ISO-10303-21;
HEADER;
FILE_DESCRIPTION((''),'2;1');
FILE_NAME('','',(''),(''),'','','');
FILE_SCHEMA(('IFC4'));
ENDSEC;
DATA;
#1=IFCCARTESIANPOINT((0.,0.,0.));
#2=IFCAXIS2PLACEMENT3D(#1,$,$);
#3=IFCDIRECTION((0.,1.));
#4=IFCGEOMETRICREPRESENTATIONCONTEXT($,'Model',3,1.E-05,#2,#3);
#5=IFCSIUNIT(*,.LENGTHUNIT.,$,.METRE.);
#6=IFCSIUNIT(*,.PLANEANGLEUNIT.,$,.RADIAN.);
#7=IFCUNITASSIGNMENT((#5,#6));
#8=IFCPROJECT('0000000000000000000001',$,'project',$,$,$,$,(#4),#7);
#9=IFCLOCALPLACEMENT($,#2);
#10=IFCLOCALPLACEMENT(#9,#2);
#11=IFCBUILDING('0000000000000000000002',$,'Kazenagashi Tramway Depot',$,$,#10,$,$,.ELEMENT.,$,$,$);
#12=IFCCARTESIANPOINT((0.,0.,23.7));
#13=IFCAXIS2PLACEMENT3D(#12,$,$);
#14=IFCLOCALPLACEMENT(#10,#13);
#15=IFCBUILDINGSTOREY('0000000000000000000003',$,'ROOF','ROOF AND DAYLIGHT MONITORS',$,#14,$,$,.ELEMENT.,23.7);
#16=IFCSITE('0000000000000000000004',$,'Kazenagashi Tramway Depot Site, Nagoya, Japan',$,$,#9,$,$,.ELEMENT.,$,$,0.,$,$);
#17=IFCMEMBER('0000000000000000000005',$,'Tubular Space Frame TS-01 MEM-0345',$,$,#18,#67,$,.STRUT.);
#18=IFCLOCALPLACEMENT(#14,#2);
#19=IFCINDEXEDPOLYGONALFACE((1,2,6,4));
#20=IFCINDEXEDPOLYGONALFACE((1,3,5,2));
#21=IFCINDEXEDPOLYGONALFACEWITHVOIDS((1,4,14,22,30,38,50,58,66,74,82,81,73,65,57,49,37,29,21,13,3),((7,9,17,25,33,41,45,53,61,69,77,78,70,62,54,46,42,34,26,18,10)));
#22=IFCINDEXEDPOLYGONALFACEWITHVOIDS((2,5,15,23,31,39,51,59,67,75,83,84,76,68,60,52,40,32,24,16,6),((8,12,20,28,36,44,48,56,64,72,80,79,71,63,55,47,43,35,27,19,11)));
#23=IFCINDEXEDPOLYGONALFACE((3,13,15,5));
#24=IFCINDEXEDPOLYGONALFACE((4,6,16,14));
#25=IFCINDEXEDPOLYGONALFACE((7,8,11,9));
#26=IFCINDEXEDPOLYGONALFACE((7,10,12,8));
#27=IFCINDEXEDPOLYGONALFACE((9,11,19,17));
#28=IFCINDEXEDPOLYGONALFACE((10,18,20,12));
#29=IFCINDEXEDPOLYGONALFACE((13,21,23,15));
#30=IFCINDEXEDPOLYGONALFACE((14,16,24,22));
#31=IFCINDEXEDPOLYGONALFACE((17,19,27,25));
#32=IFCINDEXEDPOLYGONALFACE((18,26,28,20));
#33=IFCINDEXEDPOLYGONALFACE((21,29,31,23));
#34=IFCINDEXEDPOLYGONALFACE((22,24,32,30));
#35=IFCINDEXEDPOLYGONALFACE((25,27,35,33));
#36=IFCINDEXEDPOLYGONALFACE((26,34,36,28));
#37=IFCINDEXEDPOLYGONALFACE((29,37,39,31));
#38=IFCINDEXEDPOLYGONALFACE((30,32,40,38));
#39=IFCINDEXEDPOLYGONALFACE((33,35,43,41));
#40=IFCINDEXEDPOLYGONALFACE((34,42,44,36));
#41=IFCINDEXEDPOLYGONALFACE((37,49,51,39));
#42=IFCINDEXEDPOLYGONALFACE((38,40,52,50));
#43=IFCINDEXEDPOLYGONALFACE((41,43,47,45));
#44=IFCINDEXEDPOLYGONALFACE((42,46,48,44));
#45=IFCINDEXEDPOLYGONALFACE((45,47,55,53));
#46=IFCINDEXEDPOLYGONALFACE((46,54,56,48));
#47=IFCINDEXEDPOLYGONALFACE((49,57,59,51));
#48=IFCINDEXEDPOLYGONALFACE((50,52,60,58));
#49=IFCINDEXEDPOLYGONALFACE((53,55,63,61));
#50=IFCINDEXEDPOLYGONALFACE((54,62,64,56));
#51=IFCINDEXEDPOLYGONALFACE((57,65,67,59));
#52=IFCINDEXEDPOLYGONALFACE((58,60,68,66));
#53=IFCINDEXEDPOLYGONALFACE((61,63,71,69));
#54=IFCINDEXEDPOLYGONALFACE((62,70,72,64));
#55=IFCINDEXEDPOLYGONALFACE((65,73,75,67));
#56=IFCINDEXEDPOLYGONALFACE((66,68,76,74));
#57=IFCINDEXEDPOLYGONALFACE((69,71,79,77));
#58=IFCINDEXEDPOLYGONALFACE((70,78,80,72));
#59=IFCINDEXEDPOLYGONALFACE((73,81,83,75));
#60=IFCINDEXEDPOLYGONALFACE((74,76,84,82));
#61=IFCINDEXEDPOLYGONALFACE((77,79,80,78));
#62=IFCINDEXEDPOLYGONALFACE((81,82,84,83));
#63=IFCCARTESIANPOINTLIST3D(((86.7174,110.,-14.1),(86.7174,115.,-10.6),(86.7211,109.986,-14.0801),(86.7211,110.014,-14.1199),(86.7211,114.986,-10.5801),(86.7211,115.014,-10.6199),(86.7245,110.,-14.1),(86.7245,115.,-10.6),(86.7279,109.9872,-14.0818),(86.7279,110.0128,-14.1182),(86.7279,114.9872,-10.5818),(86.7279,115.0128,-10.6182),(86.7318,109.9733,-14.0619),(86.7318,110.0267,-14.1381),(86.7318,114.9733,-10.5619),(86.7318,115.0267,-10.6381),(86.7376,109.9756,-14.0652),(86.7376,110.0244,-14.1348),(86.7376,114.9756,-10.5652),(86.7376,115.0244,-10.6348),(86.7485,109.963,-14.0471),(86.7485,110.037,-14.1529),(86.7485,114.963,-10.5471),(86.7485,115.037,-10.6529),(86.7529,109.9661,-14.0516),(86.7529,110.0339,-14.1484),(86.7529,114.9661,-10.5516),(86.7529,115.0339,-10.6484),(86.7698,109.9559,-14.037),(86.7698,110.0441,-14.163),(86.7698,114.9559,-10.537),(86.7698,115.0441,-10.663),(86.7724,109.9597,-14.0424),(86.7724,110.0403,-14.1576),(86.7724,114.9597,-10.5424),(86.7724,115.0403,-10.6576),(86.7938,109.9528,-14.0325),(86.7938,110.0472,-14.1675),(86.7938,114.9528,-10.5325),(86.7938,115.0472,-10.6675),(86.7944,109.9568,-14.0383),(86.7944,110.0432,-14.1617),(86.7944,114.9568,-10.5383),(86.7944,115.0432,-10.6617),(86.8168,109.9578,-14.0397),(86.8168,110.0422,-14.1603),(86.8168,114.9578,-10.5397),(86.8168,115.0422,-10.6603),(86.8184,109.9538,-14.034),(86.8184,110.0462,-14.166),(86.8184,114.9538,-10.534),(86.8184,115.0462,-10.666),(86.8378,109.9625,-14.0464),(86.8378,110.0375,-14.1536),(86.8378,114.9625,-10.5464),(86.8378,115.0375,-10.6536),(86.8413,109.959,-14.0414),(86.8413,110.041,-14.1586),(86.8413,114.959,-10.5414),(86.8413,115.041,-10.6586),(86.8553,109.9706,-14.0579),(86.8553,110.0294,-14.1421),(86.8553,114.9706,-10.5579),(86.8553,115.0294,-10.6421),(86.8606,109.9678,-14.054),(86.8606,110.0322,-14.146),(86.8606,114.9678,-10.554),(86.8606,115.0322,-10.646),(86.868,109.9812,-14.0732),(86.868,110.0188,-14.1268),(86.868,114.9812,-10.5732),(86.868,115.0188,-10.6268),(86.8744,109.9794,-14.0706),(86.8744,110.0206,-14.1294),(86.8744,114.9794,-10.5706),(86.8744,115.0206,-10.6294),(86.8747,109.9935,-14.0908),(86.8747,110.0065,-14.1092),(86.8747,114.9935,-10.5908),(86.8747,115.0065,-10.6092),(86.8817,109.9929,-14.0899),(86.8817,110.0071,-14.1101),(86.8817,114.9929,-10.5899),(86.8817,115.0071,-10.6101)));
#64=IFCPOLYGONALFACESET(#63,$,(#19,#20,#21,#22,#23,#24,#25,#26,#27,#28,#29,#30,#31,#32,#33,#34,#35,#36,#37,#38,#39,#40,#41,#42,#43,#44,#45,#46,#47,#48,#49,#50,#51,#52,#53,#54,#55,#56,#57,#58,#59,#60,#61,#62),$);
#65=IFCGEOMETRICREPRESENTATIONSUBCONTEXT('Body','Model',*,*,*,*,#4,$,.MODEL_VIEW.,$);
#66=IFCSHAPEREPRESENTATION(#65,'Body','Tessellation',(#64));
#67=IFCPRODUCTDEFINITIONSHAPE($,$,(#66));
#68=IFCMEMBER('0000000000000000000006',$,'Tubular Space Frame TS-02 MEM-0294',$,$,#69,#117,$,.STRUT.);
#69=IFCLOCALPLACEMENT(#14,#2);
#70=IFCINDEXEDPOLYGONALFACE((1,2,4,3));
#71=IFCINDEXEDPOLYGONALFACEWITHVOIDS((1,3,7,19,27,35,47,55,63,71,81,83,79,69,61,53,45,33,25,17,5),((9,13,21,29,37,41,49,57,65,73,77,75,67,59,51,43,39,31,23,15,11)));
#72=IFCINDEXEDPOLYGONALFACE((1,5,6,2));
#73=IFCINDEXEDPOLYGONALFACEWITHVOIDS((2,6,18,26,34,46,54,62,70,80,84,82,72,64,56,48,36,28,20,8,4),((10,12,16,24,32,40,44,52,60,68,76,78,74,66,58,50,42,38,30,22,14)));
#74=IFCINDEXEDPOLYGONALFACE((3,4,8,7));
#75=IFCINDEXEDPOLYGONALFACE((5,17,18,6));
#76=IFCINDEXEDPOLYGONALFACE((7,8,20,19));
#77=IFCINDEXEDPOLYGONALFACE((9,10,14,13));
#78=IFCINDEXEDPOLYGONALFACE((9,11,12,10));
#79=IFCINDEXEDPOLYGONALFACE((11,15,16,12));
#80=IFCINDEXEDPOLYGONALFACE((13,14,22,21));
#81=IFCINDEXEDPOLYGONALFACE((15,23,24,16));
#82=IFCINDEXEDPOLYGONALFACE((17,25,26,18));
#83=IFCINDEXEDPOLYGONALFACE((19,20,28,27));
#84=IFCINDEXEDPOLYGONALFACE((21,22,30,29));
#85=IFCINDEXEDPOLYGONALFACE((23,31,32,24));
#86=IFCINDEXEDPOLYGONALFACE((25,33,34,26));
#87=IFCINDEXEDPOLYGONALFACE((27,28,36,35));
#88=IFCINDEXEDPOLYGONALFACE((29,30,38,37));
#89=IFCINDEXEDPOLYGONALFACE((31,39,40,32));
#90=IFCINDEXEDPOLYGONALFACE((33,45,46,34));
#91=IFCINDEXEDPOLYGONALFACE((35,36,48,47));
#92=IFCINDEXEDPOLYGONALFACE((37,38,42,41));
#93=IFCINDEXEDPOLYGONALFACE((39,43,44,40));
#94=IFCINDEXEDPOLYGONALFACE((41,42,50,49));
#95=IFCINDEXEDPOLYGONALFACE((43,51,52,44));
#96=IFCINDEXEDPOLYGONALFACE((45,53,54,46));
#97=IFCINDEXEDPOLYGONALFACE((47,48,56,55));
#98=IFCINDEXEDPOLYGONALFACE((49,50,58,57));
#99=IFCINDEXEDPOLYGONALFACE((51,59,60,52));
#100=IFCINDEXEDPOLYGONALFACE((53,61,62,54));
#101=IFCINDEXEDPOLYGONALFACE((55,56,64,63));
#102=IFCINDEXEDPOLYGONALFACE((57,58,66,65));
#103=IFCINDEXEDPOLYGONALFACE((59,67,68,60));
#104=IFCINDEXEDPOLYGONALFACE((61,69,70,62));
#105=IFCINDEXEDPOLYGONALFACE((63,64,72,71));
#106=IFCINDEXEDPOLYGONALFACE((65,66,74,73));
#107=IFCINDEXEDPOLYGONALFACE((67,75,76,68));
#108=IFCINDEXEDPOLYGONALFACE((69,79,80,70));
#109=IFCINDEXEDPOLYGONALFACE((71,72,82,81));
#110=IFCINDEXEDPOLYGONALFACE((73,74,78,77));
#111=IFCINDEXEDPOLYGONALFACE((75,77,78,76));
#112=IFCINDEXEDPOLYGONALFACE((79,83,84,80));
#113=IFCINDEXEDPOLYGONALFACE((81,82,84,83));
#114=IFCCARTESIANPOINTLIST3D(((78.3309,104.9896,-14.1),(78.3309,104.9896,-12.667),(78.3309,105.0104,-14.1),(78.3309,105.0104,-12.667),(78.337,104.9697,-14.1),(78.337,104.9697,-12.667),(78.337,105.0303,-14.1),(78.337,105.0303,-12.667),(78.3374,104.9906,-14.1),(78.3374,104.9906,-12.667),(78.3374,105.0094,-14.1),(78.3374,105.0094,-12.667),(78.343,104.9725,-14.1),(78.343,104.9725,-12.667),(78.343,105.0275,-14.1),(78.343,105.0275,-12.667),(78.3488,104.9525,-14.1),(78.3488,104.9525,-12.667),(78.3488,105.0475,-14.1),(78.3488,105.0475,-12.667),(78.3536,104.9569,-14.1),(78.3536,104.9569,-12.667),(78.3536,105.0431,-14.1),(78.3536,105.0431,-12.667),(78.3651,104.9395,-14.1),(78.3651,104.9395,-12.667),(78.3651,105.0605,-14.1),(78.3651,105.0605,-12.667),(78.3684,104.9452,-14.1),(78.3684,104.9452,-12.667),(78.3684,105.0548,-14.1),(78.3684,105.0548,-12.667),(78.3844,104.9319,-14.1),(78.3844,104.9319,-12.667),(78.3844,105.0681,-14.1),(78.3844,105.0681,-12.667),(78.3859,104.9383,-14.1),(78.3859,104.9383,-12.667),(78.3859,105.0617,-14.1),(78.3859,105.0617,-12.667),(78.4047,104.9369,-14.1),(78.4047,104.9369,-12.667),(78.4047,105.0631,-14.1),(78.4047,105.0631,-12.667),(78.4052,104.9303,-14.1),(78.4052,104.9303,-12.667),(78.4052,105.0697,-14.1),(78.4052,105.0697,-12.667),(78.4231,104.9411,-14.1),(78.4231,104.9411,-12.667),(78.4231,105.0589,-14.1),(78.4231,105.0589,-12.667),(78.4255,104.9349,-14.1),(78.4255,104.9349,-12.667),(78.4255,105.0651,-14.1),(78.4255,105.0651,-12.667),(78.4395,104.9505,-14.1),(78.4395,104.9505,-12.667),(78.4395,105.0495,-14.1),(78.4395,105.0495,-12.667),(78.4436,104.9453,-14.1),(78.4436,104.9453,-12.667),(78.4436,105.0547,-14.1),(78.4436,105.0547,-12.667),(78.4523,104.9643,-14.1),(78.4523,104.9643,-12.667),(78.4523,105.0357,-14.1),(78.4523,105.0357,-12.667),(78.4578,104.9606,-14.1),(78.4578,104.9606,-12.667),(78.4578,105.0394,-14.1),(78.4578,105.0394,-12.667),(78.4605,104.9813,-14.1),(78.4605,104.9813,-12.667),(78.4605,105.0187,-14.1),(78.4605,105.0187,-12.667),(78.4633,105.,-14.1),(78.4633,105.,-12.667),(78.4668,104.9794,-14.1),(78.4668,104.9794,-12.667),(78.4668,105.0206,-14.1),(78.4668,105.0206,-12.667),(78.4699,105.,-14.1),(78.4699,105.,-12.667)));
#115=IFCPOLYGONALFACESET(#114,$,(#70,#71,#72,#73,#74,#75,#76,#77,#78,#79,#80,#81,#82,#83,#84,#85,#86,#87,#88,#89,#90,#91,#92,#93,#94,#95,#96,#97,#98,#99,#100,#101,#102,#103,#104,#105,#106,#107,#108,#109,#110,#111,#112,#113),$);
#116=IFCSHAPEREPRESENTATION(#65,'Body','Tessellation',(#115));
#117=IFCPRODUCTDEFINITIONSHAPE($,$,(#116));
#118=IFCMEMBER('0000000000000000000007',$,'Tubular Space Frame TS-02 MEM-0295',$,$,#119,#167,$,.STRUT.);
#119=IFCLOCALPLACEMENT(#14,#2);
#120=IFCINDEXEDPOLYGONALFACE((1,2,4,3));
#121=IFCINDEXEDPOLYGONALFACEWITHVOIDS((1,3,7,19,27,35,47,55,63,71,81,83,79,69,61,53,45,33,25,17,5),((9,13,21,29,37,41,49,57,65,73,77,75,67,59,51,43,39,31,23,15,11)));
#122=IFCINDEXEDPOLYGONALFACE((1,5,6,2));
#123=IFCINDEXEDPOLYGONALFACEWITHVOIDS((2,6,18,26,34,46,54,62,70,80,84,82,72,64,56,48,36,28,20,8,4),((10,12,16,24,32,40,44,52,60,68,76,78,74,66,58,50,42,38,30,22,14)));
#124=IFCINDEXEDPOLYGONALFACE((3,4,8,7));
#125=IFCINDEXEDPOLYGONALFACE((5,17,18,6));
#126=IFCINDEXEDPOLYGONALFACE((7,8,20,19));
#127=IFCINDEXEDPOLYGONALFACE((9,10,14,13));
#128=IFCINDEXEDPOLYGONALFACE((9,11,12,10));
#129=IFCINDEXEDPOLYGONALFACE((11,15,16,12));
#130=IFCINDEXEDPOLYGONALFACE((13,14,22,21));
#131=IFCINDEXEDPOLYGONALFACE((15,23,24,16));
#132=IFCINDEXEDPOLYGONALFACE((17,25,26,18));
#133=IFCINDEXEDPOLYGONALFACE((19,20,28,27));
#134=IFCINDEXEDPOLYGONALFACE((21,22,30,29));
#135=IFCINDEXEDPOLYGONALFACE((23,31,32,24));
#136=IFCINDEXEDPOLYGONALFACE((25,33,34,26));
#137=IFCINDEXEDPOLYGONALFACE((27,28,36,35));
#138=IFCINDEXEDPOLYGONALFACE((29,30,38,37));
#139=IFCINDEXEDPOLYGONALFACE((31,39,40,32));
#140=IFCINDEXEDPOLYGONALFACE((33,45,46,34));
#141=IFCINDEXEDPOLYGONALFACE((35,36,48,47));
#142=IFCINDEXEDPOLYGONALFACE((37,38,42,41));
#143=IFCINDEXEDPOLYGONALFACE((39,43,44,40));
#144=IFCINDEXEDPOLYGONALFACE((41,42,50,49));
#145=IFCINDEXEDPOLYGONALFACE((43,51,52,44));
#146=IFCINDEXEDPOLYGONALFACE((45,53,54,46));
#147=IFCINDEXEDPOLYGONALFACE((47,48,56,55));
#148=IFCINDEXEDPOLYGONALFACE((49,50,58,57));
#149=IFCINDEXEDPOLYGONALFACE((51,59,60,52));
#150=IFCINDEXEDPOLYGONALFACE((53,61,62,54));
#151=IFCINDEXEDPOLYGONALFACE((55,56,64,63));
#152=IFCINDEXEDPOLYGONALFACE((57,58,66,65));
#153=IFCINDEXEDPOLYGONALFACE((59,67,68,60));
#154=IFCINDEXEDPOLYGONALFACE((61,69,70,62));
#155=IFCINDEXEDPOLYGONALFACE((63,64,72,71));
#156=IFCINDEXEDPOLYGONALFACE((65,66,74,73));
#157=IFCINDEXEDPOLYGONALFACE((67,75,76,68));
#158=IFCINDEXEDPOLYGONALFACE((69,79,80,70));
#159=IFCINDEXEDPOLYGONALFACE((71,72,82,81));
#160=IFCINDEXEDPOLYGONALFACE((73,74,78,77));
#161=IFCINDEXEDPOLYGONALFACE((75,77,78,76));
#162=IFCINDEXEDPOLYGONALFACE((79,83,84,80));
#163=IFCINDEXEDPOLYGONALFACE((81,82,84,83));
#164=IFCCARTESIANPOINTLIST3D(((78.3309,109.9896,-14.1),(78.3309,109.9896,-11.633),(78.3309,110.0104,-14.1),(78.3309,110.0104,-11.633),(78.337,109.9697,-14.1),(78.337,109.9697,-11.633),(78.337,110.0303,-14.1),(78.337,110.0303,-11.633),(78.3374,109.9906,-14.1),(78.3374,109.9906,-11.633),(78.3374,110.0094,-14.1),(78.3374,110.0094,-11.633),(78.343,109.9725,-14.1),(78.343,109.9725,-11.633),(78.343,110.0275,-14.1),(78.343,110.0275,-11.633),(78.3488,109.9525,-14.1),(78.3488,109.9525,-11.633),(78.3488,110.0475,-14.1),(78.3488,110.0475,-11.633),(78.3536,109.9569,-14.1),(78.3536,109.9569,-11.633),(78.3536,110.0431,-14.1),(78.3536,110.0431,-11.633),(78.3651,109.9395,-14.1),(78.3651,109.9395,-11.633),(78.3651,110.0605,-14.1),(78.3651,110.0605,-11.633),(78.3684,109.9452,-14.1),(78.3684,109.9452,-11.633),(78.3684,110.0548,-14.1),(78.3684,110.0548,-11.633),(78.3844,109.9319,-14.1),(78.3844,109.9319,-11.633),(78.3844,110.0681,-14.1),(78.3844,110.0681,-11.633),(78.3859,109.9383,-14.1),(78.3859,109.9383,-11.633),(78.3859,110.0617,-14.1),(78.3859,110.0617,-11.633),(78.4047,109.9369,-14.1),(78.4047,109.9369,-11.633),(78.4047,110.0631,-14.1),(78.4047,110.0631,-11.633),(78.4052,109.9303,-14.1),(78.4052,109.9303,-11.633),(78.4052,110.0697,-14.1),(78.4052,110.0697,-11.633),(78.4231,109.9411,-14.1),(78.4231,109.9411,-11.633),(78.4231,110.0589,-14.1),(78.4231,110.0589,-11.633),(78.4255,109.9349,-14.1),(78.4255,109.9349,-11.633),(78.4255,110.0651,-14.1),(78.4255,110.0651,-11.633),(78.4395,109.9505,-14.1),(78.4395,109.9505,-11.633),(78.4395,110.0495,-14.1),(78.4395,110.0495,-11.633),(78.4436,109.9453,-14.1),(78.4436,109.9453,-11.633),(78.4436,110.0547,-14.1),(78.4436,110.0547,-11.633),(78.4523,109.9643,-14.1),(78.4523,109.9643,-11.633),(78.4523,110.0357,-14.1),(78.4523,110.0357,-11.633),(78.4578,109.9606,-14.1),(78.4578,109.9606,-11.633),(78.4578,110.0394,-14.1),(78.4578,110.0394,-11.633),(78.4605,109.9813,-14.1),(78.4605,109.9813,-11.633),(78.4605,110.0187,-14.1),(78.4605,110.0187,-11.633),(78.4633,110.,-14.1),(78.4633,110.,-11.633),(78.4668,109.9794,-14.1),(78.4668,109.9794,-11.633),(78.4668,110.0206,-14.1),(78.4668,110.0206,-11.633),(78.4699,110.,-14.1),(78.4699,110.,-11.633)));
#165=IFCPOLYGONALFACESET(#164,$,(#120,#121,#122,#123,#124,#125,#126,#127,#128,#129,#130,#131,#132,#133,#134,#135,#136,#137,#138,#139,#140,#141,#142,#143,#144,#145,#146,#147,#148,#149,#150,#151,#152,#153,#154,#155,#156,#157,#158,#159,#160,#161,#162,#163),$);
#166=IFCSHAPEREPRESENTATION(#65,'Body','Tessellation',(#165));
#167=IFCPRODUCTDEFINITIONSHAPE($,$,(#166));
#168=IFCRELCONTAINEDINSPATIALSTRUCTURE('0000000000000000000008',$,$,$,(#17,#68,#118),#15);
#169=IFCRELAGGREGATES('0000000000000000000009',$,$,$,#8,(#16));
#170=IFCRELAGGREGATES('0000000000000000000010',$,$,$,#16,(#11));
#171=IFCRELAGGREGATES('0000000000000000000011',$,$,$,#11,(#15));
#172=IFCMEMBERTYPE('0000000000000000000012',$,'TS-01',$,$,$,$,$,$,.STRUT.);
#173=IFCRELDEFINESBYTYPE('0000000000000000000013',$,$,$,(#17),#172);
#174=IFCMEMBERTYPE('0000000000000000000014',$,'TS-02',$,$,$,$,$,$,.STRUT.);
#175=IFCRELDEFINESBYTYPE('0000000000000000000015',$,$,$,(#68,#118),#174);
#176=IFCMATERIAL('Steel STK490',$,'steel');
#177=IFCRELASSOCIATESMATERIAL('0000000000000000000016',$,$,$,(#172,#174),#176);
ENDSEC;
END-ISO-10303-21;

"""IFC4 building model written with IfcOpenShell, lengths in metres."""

from ifc_helpers import new_model, si_unit, direction, frame, origin, origin_2d, place, context, subcontext, project, spatial, hollow_circle, extrude, material, material_profile, profile_set, type_object, element, save


model = new_model("IFC4")

# Units and contexts
model_context = context("Model", 3, precision=1e-05, world=origin(), true_north=direction((0.0, 1.0)))
body_context = subcontext(model_context, "Body", "Model", "MODEL_VIEW")
ifc_project = project(units=[si_unit("LENGTHUNIT", "METRE"), si_unit("PLANEANGLEUNIT", "RADIAN")], contexts=[model_context])

# Site, building, storey
site_placement = place(None, origin())
site = spatial("IfcSite", under=ifc_project, at=site_placement, Name="Kazenagashi Tramway Depot Site, Nagoya, Japan", CompositionType="ELEMENT", RefElevation=0.0)
building_placement = place(site_placement, origin())
building = spatial("IfcBuilding", under=site, at=building_placement, Name="Kazenagashi Tramway Depot", CompositionType="ELEMENT")
storey_placement = place(building_placement, frame((0.0, 0.0, 23.7)))
storey = spatial("IfcBuildingStorey", under=building, at=storey_placement, Name="ROOF", Description="ROOF AND DAYLIGHT MONITORS", CompositionType="ELEMENT", Elevation=23.7)

# Members
ifc_material_1 = material(Name="Steel STK490", Category="steel")
ifc_material_profile_1 = material_profile(ifc_material_1, hollow_circle(Radius=0.0826, WallThickness=0.0071, at=origin_2d()), Name="CHS-165.2x7.1")
ifc_profile_set_1 = profile_set([ifc_material_profile_1], Name="Steel STK490")
member_type_1 = type_object("IfcMemberType", Name="TS-01", PredefinedType="STRUT", material=ifc_profile_set_1)
member_1_placement = place(storey_placement, frame((86.8, 110.0, -14.1), z_axis=(0.0, 0.819232, 0.573462), x_axis=(-1.0, 0.0, 0.0)))
element("IfcMember", 1, at=member_1_placement, inside=storey, type_object=member_type_1, Name="Tubular Space Frame TS-01 MEM-0345", PredefinedType="STRUT", context=body_context, shape_type="SweptSolid", body=[
    extrude(hollow_circle(Radius=0.0826, WallThickness=0.0071, at=origin_2d()), origin(), (0.0, 0.0, 1.0), 6.1033),
])
ifc_material_profile_2 = material_profile(ifc_material_1, hollow_circle(Radius=0.0699, WallThickness=0.0066, at=origin_2d()), Name="CHS-139.8x6.6")
ifc_profile_set_2 = profile_set([ifc_material_profile_2], Name="Steel STK490")
member_type_2 = type_object("IfcMemberType", Name="TS-02", PredefinedType="STRUT", material=ifc_profile_set_2)
member_2_placement = place(storey_placement, frame((78.4, 105.0, -14.1), z_axis=(0.0, 0.0, 1.0), x_axis=(1.0, 0.0, 0.0)))
element("IfcMember", 2, at=member_2_placement, inside=storey, type_object=member_type_2, Name="Tubular Space Frame TS-02 MEM-0294", PredefinedType="STRUT", context=body_context, shape_type="SweptSolid", body=[
    extrude(hollow_circle(Radius=0.0699, WallThickness=0.0066, at=origin_2d()), origin(), (0.0, 0.0, 1.0), 1.433),
])
member_3_placement = place(storey_placement, frame((78.4, 110.0, -14.1), z_axis=(0.0, 0.0, 1.0), x_axis=(1.0, 0.0, 0.0)))
element("IfcMember", 3, at=member_3_placement, inside=storey, type_object=member_type_2, Name="Tubular Space Frame TS-02 MEM-0295", PredefinedType="STRUT", context=body_context, shape_type="SweptSolid", body=[
    extrude(hollow_circle(Radius=0.0699, WallThickness=0.0066, at=origin_2d()), origin(), (0.0, 0.0, 1.0), 2.467),
])

save(model, "model.ifc")
